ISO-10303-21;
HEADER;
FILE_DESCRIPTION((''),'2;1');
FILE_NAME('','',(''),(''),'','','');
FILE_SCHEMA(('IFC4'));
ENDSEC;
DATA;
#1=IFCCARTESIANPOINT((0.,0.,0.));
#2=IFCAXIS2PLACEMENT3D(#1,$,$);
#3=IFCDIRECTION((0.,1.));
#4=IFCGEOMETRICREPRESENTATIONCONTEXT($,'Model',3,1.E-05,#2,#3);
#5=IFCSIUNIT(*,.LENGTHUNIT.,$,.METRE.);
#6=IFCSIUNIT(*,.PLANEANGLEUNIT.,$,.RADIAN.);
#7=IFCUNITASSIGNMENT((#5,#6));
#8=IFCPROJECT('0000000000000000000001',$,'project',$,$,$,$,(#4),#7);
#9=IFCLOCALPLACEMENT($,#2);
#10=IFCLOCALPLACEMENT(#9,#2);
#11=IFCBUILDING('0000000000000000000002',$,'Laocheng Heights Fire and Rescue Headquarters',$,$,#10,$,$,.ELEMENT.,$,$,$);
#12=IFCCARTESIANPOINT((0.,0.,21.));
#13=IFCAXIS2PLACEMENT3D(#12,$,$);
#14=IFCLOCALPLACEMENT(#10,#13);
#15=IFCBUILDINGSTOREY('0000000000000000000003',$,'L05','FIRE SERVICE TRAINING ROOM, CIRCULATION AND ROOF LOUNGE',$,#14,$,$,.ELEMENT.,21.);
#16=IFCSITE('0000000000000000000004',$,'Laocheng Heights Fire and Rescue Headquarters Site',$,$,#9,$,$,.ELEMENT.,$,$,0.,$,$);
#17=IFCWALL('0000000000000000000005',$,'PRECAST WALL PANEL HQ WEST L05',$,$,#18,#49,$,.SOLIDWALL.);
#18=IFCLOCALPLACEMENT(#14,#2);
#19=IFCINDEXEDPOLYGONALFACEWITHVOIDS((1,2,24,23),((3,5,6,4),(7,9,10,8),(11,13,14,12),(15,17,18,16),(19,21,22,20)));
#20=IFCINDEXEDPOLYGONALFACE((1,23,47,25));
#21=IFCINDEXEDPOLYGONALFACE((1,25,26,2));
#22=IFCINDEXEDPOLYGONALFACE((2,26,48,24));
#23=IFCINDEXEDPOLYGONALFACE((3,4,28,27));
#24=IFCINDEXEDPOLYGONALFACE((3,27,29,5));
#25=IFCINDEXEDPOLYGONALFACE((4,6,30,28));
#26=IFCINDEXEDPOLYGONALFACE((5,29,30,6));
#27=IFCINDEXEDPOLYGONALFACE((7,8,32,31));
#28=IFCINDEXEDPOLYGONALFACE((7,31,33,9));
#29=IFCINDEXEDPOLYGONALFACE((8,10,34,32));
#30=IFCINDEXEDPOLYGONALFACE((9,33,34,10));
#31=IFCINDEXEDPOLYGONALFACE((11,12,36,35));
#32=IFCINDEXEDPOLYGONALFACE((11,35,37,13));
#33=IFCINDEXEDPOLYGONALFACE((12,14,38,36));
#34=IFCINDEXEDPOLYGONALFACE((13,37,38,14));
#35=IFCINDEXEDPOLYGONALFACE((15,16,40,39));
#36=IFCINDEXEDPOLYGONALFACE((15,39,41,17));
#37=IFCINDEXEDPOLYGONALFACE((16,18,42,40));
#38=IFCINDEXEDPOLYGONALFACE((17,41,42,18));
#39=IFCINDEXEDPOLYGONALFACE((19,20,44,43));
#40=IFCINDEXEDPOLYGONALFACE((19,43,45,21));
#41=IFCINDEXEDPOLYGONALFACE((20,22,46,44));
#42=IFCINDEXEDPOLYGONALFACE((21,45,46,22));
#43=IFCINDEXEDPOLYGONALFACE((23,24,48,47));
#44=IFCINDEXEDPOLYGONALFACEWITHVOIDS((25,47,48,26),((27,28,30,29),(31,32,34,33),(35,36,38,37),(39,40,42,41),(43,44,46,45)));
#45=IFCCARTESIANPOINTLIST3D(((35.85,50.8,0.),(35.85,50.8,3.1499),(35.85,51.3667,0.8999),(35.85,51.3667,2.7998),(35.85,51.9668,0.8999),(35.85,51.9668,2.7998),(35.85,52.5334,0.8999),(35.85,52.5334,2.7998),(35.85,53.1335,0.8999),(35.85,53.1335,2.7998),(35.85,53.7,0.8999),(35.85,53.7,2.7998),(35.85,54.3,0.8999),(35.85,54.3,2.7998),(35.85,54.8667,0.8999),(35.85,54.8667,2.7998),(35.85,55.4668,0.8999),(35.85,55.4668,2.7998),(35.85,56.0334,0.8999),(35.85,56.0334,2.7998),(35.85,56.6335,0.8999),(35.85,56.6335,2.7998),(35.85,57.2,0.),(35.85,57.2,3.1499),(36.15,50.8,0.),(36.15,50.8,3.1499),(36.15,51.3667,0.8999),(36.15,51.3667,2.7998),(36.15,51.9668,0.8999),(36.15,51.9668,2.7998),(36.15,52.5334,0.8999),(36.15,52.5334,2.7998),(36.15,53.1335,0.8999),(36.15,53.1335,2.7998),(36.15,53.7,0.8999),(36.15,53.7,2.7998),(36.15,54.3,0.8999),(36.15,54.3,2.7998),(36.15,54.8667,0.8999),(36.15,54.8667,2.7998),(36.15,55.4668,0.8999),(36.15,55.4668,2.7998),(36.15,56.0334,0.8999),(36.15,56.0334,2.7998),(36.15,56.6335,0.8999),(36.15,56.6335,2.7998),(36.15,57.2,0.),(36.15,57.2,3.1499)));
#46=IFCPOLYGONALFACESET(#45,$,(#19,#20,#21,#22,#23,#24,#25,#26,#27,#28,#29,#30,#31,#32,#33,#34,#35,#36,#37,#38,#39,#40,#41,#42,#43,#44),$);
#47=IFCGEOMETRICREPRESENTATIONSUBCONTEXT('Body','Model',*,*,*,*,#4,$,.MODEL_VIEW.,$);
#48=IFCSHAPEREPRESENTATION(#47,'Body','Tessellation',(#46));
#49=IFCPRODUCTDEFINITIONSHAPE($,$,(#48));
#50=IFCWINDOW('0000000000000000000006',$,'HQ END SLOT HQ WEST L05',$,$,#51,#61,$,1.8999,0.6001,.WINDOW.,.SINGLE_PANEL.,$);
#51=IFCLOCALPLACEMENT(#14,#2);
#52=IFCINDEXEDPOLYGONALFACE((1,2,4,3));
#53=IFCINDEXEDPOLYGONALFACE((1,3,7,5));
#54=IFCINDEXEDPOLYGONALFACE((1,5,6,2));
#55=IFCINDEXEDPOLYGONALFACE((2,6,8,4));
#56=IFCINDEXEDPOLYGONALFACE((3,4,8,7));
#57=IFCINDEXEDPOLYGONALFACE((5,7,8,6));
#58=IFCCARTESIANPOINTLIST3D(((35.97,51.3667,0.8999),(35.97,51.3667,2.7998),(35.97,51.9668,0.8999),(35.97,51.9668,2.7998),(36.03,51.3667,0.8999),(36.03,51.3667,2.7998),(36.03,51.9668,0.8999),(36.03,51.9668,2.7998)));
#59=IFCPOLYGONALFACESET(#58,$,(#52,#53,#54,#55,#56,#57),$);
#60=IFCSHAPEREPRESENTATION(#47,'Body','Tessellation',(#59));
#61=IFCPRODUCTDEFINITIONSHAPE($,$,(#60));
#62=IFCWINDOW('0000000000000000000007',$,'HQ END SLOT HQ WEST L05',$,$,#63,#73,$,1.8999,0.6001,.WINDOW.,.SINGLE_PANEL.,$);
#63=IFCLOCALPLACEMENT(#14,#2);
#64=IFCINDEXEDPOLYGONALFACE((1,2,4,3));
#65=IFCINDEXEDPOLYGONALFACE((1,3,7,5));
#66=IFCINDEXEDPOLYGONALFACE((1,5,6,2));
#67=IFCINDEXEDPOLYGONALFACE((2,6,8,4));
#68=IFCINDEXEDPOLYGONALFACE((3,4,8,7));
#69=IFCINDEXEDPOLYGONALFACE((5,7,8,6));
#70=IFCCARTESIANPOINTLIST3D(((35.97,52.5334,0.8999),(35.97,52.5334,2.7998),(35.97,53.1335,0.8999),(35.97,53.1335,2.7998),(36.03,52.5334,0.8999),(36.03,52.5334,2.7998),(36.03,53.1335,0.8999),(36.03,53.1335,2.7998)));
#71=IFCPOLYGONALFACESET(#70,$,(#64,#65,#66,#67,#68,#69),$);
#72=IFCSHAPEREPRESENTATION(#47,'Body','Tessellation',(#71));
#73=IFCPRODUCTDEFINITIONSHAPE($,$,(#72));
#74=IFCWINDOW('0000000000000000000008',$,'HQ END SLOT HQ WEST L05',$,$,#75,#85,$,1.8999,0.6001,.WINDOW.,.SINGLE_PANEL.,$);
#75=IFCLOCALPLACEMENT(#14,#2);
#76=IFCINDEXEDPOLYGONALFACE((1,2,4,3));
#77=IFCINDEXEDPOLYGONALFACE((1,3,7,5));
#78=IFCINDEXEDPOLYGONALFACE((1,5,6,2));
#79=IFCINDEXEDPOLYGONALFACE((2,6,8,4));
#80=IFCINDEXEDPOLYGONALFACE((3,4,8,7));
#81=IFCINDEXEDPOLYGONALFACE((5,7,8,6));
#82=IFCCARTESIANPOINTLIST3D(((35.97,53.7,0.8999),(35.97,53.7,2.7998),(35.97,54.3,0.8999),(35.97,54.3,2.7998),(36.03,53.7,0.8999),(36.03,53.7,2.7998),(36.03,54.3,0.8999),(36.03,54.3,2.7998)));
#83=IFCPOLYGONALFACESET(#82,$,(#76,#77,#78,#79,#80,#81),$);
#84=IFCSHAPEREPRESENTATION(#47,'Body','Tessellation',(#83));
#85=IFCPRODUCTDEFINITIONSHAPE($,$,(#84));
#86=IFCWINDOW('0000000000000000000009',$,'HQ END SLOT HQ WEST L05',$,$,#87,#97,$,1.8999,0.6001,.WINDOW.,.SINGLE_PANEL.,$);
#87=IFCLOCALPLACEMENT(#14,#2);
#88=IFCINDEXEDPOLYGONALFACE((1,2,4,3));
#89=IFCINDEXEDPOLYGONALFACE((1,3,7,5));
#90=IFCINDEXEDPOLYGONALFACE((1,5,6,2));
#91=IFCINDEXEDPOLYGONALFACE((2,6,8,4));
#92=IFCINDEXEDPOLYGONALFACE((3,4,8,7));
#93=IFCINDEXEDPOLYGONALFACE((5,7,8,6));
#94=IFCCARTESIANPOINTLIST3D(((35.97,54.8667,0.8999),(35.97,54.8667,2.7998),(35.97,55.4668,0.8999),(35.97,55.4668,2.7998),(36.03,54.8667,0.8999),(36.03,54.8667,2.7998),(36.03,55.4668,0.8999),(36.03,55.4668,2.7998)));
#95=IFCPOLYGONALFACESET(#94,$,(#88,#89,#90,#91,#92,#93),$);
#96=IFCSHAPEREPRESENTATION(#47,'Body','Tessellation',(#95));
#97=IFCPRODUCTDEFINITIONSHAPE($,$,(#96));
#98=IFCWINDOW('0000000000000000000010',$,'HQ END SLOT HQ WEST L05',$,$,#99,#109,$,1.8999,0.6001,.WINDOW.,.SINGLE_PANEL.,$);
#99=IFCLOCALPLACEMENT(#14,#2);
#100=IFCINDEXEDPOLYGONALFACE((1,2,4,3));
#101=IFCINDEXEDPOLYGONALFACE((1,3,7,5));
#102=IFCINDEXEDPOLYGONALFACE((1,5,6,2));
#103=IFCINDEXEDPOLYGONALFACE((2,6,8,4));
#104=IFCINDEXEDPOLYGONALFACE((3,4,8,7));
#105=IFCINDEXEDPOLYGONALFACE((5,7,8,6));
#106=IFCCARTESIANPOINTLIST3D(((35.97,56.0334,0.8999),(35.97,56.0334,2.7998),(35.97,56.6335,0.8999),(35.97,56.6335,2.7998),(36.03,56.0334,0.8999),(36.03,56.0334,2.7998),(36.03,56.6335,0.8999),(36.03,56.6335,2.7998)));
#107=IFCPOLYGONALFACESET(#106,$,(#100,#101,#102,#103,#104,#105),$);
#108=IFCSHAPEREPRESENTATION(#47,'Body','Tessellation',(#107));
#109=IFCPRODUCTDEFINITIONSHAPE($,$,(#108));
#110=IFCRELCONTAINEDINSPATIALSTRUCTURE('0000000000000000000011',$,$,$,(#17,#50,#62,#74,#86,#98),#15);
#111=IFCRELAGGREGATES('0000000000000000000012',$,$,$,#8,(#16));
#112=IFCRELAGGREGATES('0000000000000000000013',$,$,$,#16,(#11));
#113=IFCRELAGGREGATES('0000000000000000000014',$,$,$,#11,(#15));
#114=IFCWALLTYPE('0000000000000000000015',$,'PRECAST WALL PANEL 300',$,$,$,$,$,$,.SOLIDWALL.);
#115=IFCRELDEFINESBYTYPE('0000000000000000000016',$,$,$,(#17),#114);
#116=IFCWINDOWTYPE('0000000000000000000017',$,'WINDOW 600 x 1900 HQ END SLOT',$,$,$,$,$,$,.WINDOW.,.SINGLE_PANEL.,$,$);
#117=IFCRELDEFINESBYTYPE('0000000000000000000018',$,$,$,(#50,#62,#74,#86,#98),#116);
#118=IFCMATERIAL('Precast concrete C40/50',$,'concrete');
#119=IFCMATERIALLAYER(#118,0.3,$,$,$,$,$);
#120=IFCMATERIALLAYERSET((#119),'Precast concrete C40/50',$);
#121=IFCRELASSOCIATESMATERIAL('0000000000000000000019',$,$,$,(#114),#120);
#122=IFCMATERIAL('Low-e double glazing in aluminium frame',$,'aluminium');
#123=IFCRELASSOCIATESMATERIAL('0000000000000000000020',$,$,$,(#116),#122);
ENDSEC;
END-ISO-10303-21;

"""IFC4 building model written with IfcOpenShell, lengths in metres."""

from ifc_helpers import new_model, si_unit, direction, frame, frame_2d, origin, place, context, subcontext, project, spatial, rectangle, extrude, material, layer, layer_set, type_object, element, fill, save


model = new_model("IFC4")

# Units and contexts
model_context = context("Model", 3, precision=1e-05, world=origin(), true_north=direction((0.0, 1.0)))
body_context = subcontext(model_context, "Body", "Model", "MODEL_VIEW")
ifc_project = project(units=[si_unit("LENGTHUNIT", "METRE"), si_unit("PLANEANGLEUNIT", "RADIAN")], contexts=[model_context])

# Site, building, storey
site_placement = place(None, origin())
site = spatial("IfcSite", under=ifc_project, at=site_placement, Name="Laocheng Heights Fire and Rescue Headquarters Site", CompositionType="ELEMENT", RefElevation=0.0)
building_placement = place(site_placement, origin())
building = spatial("IfcBuilding", under=site, at=building_placement, Name="Laocheng Heights Fire and Rescue Headquarters", CompositionType="ELEMENT")
storey_placement = place(building_placement, frame((0.0, 0.0, 21.0)))
storey = spatial("IfcBuildingStorey", under=building, at=storey_placement, Name="L05", Description="FIRE SERVICE TRAINING ROOM, CIRCULATION AND ROOF LOUNGE", CompositionType="ELEMENT", Elevation=21.0)

# Wall, openings, windows
ifc_material_1 = material(Name="Precast concrete C40/50", Category="concrete")
ifc_layer_1 = layer(ifc_material_1, 0.3)
ifc_layer_set_1 = layer_set([ifc_layer_1], Name="Precast concrete C40/50")
wall_type_1 = type_object("IfcWallType", Name="PRECAST WALL PANEL 300", PredefinedType="SOLIDWALL", material=ifc_layer_set_1)
wall_1_placement = place(storey_placement, frame((36.0, 50.8, 0.0), z_axis=(0.0, 0.0, 1.0), x_axis=(0.0, 1.0, 0.0)))
wall_1 = element("IfcWall", 1, at=wall_1_placement, inside=storey, type_object=wall_type_1, Name="PRECAST WALL PANEL HQ WEST L05", PredefinedType="SOLIDWALL", context=body_context, shape_type="SweptSolid", body=[
    extrude(rectangle(XDim=6.3999, YDim=0.3, at=frame_2d((3.2, 0.0))), origin(), (0.0, 0.0, 1.0), 3.1499),
])
opening_1_placement = place(wall_1_placement, frame((0.5667, 0.0, 0.8999)))
opening_1 = element("IfcOpeningElement", 2, at=opening_1_placement, cuts=wall_1, PredefinedType="OPENING", context=body_context, shape_type="SweptSolid", body=[
    extrude(rectangle(XDim=0.6001, YDim=1.8999, at=frame_2d((0.3, 0.95))), frame((0.0, 0.1599, 0.0), z_axis=(0.0, -1.0, 0.0), x_axis=(1.0, 0.0, 0.0)), (0.0, 0.0, 1.0), 0.3201),
])
opening_2_placement = place(wall_1_placement, frame((1.7334, 0.0, 0.8999)))
opening_2 = element("IfcOpeningElement", 3, at=opening_2_placement, cuts=wall_1, PredefinedType="OPENING", context=body_context, shape_type="SweptSolid", body=[
    extrude(rectangle(XDim=0.6001, YDim=1.8999, at=frame_2d((0.3, 0.95))), frame((0.0, 0.1599, 0.0), z_axis=(0.0, -1.0, 0.0), x_axis=(1.0, 0.0, 0.0)), (0.0, 0.0, 1.0), 0.3201),
])
opening_3_placement = place(wall_1_placement, frame((2.8999, 0.0, 0.8999)))
opening_3 = element("IfcOpeningElement", 4, at=opening_3_placement, cuts=wall_1, PredefinedType="OPENING", context=body_context, shape_type="SweptSolid", body=[
    extrude(rectangle(XDim=0.6001, YDim=1.8999, at=frame_2d((0.3, 0.95))), frame((0.0, 0.1599, 0.0), z_axis=(0.0, -1.0, 0.0), x_axis=(1.0, 0.0, 0.0)), (0.0, 0.0, 1.0), 0.3201),
])
opening_4_placement = place(wall_1_placement, frame((4.0667, 0.0, 0.8999)))
opening_4 = element("IfcOpeningElement", 5, at=opening_4_placement, cuts=wall_1, PredefinedType="OPENING", context=body_context, shape_type="SweptSolid", body=[
    extrude(rectangle(XDim=0.6001, YDim=1.8999, at=frame_2d((0.3, 0.95))), frame((0.0, 0.1599, 0.0), z_axis=(0.0, -1.0, 0.0), x_axis=(1.0, 0.0, 0.0)), (0.0, 0.0, 1.0), 0.3201),
])
opening_5_placement = place(wall_1_placement, frame((5.2334, 0.0, 0.8999)))
opening_5 = element("IfcOpeningElement", 6, at=opening_5_placement, cuts=wall_1, PredefinedType="OPENING", context=body_context, shape_type="SweptSolid", body=[
    extrude(rectangle(XDim=0.6001, YDim=1.8999, at=frame_2d((0.3, 0.95))), frame((0.0, 0.1599, 0.0), z_axis=(0.0, -1.0, 0.0), x_axis=(1.0, 0.0, 0.0)), (0.0, 0.0, 1.0), 0.3201),
])
ifc_material_2 = material(Name="Low-e double glazing in aluminium frame", Category="aluminium")
window_type = type_object("IfcWindowType", Name="WINDOW 600 x 1900 HQ END SLOT", PartitioningType="SINGLE_PANEL", PredefinedType="WINDOW", material=ifc_material_2)
window_1_placement = place(opening_1_placement, origin())
window_1 = element("IfcWindow", 7, at=window_1_placement, inside=storey, type_object=window_type, Name="HQ END SLOT HQ WEST L05", OverallHeight=1.8999, OverallWidth=0.6001, PartitioningType="SINGLE_PANEL", PredefinedType="WINDOW", context=body_context, shape_type="SweptSolid", body=[
    extrude(rectangle(XDim=0.6001, YDim=1.8999, at=frame_2d((0.3, 0.95))), frame((0.0, 0.03, 0.0), z_axis=(0.0, -1.0, 0.0), x_axis=(1.0, 0.0, 0.0)), (0.0, 0.0, 1.0), 0.0601),
])
fill(opening_1, window_1)
window_2_placement = place(opening_2_placement, origin())
window_2 = element("IfcWindow", 8, at=window_2_placement, inside=storey, type_object=window_type, Name="HQ END SLOT HQ WEST L05", OverallHeight=1.8999, OverallWidth=0.6001, PartitioningType="SINGLE_PANEL", PredefinedType="WINDOW", context=body_context, shape_type="SweptSolid", body=[
    extrude(rectangle(XDim=0.6001, YDim=1.8999, at=frame_2d((0.3, 0.95))), frame((0.0, 0.03, 0.0), z_axis=(0.0, -1.0, 0.0), x_axis=(1.0, 0.0, 0.0)), (0.0, 0.0, 1.0), 0.0601),
])
fill(opening_2, window_2)
window_3_placement = place(opening_3_placement, origin())
window_3 = element("IfcWindow", 9, at=window_3_placement, inside=storey, type_object=window_type, Name="HQ END SLOT HQ WEST L05", OverallHeight=1.8999, OverallWidth=0.6001, PartitioningType="SINGLE_PANEL", PredefinedType="WINDOW", context=body_context, shape_type="SweptSolid", body=[
    extrude(rectangle(XDim=0.6001, YDim=1.8999, at=frame_2d((0.3, 0.95))), frame((0.0, 0.03, 0.0), z_axis=(0.0, -1.0, 0.0), x_axis=(1.0, 0.0, 0.0)), (0.0, 0.0, 1.0), 0.0601),
])
fill(opening_3, window_3)
window_4_placement = place(opening_4_placement, origin())
window_4 = element("IfcWindow", 10, at=window_4_placement, inside=storey, type_object=window_type, Name="HQ END SLOT HQ WEST L05", OverallHeight=1.8999, OverallWidth=0.6001, PartitioningType="SINGLE_PANEL", PredefinedType="WINDOW", context=body_context, shape_type="SweptSolid", body=[
    extrude(rectangle(XDim=0.6001, YDim=1.8999, at=frame_2d((0.3, 0.95))), frame((0.0, 0.03, 0.0), z_axis=(0.0, -1.0, 0.0), x_axis=(1.0, 0.0, 0.0)), (0.0, 0.0, 1.0), 0.0601),
])
fill(opening_4, window_4)
window_5_placement = place(opening_5_placement, origin())
window_5 = element("IfcWindow", 11, at=window_5_placement, inside=storey, type_object=window_type, Name="HQ END SLOT HQ WEST L05", OverallHeight=1.8999, OverallWidth=0.6001, PartitioningType="SINGLE_PANEL", PredefinedType="WINDOW", context=body_context, shape_type="SweptSolid", body=[
    extrude(rectangle(XDim=0.6001, YDim=1.8999, at=frame_2d((0.3, 0.95))), frame((0.0, 0.03, 0.0), z_axis=(0.0, -1.0, 0.0), x_axis=(1.0, 0.0, 0.0)), (0.0, 0.0, 1.0), 0.0601),
])
fill(opening_5, window_5)

save(model, "model.ifc")
